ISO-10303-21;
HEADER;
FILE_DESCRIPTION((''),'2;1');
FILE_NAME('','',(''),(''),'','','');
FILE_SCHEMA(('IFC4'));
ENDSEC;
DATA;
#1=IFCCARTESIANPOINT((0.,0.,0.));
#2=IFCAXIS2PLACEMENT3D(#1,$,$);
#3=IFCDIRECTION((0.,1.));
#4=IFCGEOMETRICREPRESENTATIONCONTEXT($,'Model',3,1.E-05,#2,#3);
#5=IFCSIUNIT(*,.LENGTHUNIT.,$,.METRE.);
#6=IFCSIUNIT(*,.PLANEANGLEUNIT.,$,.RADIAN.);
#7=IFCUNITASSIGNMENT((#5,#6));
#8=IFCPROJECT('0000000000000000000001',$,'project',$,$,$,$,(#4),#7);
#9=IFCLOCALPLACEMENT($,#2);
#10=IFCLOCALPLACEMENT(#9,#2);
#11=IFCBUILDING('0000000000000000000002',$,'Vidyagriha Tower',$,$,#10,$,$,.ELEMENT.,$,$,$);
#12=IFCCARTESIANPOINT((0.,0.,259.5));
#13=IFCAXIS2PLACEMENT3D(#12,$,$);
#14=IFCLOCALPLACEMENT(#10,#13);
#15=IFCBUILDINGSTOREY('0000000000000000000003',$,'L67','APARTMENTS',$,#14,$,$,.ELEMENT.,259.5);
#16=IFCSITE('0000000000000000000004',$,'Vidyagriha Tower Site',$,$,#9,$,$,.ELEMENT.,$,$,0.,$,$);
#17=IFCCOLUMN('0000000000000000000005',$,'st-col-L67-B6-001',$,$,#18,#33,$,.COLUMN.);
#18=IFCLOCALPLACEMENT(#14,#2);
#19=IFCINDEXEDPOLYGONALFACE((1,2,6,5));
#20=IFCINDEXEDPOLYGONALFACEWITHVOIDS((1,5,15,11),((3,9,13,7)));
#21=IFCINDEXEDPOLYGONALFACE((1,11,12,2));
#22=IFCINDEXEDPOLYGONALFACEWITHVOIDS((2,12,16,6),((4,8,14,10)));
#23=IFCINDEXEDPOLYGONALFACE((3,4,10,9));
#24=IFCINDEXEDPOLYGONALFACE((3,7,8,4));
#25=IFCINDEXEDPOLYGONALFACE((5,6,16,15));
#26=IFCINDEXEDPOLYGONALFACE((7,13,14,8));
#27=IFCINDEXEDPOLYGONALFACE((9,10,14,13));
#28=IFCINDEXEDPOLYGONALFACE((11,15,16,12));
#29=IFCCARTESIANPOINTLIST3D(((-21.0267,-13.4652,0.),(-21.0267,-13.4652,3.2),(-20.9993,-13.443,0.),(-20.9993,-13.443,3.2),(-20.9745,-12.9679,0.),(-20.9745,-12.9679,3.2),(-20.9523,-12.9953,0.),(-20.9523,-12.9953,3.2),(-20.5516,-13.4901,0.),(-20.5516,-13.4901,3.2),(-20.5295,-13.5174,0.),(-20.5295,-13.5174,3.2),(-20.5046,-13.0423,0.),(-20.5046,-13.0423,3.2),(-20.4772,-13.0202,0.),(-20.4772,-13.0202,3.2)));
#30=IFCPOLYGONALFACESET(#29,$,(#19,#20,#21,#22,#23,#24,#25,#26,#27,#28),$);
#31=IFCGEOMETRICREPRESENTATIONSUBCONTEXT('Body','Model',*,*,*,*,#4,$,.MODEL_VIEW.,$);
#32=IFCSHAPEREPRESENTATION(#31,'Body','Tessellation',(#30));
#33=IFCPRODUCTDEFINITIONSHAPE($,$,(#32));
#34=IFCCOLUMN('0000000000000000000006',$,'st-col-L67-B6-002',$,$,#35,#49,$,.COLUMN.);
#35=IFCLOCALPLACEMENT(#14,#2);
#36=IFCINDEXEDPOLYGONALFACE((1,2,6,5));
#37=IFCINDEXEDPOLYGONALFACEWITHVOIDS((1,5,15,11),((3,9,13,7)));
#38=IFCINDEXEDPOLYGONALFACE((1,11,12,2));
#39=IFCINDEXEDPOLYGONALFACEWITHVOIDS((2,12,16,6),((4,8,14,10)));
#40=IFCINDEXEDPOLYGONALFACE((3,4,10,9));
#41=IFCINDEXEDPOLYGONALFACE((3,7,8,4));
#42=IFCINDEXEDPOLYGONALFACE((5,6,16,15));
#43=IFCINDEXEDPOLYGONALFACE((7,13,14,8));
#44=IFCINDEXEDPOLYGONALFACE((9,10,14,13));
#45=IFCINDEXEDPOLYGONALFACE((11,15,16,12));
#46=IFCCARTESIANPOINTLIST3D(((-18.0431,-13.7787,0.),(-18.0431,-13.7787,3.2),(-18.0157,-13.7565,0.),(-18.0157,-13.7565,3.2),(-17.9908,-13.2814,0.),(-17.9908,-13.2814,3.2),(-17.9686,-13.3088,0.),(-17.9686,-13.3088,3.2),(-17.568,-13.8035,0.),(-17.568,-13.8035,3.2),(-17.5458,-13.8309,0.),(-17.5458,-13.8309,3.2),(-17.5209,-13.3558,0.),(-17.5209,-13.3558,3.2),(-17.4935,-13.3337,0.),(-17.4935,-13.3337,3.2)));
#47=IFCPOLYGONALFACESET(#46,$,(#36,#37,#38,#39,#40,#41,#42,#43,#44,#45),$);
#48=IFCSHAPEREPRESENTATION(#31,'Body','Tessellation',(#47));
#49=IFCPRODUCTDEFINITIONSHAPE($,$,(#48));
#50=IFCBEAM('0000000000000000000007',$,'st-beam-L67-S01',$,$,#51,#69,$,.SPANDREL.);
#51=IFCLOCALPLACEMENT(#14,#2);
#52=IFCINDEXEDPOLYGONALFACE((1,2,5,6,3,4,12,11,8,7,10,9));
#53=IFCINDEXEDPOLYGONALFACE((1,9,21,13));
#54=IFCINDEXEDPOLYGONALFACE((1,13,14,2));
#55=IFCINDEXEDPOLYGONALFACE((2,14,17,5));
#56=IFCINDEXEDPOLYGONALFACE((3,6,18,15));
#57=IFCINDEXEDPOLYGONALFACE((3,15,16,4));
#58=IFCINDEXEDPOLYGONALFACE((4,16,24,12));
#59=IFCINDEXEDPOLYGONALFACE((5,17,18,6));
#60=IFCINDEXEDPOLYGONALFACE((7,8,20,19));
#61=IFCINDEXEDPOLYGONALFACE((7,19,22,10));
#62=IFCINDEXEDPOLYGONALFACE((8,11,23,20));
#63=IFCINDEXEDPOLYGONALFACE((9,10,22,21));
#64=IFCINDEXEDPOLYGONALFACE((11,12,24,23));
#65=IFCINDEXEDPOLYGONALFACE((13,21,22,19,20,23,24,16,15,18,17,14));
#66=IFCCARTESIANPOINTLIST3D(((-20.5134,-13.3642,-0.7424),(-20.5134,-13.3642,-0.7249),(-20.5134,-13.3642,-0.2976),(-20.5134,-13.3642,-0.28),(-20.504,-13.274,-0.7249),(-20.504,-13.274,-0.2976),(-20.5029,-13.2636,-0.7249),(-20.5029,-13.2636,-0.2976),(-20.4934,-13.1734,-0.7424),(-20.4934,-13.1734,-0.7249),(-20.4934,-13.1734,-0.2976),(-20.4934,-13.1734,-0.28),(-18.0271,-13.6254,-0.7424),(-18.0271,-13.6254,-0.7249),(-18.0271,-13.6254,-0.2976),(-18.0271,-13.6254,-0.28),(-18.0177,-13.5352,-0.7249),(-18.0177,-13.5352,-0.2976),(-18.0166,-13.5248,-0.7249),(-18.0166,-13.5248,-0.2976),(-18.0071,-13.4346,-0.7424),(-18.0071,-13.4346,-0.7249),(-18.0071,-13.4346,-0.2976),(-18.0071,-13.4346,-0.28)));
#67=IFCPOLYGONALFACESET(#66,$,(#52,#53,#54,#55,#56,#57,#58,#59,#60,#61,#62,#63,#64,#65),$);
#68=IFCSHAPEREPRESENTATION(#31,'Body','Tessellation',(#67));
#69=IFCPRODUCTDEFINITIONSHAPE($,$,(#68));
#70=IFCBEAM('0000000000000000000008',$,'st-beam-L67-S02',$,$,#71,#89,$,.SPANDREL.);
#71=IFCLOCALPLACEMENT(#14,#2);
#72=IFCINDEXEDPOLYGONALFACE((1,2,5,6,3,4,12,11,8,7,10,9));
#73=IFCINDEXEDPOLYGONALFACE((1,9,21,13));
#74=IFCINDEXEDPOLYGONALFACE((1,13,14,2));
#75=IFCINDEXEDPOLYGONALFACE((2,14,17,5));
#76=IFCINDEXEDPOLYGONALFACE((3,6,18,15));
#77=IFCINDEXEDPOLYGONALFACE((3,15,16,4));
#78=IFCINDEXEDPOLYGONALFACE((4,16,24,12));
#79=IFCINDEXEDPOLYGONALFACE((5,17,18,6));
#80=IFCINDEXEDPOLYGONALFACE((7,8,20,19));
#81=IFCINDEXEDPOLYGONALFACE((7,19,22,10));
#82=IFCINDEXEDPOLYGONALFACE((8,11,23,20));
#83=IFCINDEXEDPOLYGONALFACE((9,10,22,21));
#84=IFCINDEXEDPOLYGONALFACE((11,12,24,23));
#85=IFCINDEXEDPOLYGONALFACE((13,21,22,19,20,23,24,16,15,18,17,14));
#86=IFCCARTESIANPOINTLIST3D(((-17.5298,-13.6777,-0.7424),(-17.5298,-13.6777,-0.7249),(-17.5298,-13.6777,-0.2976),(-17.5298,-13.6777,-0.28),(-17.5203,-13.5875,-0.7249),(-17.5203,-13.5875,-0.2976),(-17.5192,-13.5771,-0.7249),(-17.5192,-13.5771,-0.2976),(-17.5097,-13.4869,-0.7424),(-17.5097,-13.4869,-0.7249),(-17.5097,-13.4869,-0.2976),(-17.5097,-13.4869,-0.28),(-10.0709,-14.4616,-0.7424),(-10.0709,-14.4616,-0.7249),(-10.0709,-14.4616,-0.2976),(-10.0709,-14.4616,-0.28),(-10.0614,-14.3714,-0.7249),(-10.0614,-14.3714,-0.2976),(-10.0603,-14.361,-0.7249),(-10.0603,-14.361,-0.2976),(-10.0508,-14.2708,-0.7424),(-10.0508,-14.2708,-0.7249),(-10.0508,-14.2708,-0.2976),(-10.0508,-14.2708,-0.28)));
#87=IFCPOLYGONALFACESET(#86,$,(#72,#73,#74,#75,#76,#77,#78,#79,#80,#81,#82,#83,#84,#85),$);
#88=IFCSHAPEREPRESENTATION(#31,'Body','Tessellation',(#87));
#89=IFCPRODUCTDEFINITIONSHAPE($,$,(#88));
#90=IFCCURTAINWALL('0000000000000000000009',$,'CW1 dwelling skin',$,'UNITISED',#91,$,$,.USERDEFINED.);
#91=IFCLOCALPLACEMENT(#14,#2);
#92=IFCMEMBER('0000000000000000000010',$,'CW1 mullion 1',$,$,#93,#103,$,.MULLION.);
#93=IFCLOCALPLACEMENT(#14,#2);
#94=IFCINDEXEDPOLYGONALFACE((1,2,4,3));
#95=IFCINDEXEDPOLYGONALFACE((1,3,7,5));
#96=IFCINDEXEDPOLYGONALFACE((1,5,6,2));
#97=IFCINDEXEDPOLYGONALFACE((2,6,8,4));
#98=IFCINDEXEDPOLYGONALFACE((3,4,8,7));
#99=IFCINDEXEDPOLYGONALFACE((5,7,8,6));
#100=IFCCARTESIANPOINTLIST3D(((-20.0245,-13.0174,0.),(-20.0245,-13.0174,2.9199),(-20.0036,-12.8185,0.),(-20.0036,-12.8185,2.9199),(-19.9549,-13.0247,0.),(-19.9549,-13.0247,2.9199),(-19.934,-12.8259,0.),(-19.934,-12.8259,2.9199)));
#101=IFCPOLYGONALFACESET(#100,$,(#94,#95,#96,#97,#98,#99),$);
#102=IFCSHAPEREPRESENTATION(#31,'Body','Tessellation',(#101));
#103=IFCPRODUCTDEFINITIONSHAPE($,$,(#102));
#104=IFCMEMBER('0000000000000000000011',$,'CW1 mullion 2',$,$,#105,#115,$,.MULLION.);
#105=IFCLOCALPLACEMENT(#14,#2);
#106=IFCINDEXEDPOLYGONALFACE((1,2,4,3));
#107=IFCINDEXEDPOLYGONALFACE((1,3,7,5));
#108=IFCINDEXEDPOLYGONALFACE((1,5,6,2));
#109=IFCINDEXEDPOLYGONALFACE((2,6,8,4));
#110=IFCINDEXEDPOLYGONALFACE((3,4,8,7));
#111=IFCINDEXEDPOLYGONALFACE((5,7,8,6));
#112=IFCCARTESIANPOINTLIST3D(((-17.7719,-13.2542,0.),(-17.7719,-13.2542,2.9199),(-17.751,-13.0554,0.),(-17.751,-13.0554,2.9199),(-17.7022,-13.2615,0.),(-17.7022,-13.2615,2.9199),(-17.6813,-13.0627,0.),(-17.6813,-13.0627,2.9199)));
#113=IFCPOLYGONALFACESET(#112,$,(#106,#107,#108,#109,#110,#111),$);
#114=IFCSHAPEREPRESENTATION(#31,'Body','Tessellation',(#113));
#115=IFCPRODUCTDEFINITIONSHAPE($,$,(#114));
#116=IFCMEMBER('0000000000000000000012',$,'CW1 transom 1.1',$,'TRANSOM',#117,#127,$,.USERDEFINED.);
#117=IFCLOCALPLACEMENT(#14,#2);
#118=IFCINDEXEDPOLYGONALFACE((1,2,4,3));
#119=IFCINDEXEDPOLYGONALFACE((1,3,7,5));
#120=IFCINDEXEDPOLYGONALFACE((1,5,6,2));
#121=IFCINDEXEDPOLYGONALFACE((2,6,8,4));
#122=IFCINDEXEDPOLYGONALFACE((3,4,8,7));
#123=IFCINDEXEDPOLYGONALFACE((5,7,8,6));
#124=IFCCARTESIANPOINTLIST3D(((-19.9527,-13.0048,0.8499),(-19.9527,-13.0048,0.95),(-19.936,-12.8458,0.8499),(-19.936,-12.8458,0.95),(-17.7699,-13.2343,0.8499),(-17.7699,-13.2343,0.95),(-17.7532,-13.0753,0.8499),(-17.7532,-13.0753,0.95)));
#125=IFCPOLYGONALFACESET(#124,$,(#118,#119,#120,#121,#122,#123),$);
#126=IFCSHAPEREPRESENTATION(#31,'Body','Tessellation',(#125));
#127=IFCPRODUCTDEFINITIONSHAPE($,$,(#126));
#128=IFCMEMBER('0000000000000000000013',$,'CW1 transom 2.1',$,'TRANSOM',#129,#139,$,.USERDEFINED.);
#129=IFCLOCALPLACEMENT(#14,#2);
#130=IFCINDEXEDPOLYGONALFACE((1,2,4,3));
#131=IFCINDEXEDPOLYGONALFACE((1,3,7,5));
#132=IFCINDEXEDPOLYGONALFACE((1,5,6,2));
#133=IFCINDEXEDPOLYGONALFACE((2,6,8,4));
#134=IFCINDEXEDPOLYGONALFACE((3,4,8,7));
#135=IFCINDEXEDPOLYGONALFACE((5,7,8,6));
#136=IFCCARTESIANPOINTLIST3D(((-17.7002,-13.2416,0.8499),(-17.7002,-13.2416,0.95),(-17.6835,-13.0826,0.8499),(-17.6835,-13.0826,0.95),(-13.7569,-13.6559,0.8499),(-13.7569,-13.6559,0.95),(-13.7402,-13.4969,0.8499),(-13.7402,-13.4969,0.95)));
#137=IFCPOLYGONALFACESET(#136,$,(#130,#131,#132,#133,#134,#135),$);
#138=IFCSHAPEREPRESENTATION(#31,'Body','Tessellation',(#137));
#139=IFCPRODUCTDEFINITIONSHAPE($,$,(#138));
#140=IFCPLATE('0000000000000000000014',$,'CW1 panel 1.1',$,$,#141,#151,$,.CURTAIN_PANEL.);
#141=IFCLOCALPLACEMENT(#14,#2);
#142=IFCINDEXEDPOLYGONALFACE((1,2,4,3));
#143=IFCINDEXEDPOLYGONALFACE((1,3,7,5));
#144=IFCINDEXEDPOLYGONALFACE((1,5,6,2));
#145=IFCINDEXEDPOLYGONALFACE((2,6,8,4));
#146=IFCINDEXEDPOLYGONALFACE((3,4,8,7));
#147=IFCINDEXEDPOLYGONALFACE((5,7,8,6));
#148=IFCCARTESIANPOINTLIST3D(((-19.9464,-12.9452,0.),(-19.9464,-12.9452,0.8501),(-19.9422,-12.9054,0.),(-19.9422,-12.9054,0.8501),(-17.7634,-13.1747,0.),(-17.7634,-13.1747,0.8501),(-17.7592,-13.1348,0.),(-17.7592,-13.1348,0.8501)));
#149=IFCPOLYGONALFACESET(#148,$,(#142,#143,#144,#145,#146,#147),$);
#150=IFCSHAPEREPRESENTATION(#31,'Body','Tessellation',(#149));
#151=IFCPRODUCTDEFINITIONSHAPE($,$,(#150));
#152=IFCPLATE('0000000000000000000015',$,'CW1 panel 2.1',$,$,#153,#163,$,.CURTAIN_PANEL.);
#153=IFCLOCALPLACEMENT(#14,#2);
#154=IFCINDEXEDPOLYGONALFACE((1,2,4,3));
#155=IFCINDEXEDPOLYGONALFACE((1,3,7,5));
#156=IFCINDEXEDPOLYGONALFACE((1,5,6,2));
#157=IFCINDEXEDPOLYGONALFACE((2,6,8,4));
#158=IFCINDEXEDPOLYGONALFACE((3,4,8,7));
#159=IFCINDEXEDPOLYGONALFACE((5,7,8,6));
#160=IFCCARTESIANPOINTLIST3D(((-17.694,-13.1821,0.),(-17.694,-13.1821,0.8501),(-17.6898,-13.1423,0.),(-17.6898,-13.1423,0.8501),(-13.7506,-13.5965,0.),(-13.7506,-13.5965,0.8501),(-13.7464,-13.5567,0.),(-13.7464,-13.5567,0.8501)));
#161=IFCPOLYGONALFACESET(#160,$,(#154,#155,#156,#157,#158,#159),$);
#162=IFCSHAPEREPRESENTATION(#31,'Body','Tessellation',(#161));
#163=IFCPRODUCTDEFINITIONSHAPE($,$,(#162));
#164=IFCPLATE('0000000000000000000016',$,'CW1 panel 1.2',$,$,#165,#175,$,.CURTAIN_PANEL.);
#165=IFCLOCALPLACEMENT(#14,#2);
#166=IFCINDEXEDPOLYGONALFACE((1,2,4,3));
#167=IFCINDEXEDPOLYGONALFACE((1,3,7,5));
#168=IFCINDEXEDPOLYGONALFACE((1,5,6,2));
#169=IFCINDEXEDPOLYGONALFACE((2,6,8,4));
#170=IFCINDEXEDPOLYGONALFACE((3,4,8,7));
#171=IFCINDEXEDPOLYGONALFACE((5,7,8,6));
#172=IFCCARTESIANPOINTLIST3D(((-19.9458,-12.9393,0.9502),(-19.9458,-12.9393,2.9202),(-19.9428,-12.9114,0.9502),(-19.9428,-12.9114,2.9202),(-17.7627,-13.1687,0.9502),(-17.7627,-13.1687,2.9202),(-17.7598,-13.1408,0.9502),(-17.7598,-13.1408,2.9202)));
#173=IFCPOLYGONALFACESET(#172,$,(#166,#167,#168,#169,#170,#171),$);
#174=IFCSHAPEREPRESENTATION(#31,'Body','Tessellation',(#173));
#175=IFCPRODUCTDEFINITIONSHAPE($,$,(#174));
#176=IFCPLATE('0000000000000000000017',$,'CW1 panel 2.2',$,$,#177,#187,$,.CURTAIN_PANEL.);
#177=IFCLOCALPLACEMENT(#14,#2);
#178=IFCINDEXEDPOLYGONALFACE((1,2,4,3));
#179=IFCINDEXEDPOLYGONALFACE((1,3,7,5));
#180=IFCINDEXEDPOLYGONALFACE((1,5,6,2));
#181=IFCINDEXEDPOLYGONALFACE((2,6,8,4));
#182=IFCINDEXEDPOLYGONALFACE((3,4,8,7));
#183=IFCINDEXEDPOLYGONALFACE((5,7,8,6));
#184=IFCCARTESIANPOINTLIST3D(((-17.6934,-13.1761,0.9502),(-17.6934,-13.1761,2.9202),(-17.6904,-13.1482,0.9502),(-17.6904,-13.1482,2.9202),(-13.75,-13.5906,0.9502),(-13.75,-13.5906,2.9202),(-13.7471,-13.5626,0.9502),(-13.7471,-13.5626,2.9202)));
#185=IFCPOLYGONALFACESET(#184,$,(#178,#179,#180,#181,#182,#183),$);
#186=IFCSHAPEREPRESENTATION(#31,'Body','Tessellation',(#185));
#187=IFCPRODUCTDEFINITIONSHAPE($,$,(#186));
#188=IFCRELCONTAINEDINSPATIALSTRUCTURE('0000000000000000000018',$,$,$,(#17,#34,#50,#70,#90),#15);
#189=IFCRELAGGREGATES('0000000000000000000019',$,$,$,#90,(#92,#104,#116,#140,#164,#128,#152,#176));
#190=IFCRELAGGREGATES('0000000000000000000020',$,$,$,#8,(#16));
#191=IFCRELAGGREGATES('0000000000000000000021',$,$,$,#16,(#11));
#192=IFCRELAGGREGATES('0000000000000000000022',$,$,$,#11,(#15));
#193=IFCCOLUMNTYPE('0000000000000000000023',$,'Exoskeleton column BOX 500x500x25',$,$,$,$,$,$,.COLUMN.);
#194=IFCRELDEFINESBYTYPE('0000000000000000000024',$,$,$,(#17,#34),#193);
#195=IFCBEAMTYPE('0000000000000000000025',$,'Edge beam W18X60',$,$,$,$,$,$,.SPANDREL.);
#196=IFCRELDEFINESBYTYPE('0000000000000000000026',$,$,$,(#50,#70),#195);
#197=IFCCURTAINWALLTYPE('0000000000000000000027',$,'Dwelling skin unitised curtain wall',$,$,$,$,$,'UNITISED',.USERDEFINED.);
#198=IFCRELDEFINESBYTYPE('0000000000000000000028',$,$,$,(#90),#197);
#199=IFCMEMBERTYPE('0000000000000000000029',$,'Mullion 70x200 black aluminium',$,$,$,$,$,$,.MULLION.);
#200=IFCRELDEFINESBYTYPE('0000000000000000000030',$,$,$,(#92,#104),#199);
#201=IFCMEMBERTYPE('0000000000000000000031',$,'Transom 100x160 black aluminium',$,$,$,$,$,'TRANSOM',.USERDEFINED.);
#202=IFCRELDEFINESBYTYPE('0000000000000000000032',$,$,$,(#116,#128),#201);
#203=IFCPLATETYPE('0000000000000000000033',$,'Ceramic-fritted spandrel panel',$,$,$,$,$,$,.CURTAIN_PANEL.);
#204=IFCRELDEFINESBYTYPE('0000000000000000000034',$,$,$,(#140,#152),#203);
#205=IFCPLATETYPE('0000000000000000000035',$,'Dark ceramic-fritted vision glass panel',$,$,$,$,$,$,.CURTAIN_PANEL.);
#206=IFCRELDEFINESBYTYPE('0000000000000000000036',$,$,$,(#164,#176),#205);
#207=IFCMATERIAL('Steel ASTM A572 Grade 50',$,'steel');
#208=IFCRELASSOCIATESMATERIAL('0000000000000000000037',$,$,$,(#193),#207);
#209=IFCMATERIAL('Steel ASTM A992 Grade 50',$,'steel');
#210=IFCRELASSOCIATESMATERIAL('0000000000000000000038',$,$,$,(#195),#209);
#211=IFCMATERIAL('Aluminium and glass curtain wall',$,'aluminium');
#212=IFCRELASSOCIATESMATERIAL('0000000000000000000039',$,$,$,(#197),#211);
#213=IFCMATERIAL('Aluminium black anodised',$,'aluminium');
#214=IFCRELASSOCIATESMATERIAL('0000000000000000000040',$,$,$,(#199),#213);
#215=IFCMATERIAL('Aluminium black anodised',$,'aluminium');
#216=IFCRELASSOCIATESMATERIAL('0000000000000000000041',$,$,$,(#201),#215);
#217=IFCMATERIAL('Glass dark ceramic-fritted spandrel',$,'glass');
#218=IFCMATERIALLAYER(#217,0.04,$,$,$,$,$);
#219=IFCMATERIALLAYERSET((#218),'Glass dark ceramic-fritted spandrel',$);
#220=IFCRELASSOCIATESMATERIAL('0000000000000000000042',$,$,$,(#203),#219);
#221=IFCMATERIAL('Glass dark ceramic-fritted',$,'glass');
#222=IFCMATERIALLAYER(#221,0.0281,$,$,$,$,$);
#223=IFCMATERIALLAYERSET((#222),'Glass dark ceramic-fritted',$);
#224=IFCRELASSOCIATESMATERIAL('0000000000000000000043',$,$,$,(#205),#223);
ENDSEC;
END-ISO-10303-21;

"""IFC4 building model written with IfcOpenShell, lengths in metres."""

from ifc_helpers import new_model, si_unit, direction, frame, origin, origin_2d, place, context, subcontext, project, spatial, rectangle, hollow_rectangle, i_section, extrude, material, layer, layer_set, material_profile, profile_set, type_object, element, aggregate, save


model = new_model("IFC4")

# Units and contexts
model_context = context("Model", 3, precision=1e-05, world=origin(), true_north=direction((0.0, 1.0)))
body_context = subcontext(model_context, "Body", "Model", "MODEL_VIEW")
ifc_project = project(units=[si_unit("LENGTHUNIT", "METRE"), si_unit("PLANEANGLEUNIT", "RADIAN")], contexts=[model_context])

# Site, building, storey
site_placement = place(None, origin())
site = spatial("IfcSite", under=ifc_project, at=site_placement, Name="Vidyagriha Tower Site", CompositionType="ELEMENT", RefElevation=0.0)
building_placement = place(site_placement, origin())
building = spatial("IfcBuilding", under=site, at=building_placement, Name="Vidyagriha Tower", CompositionType="ELEMENT")
storey_placement = place(building_placement, frame((0.0, 0.0, 259.5)))
storey = spatial("IfcBuildingStorey", under=building, at=storey_placement, Name="L67", Description="APARTMENTS", CompositionType="ELEMENT", Elevation=259.5)

# Columns
ifc_material_1 = material(Name="Steel ASTM A572 Grade 50", Category="steel")
ifc_material_profile_1 = material_profile(ifc_material_1, hollow_rectangle(XDim=0.5, YDim=0.5, WallThickness=0.0249, at=origin_2d()), Name="BOX 500x500x25")
ifc_profile_set_1 = profile_set([ifc_material_profile_1], Name="Steel ASTM A572 Grade 50")
column_type = type_object("IfcColumnType", Name="Exoskeleton column BOX 500x500x25", PredefinedType="COLUMN", material=ifc_profile_set_1)
for number, where, z_axis, x_axis, name in (
    (1, (-20.752, -13.2427, 0.0), (0.0, 0.0, 1.0), (0.994522, -0.104528, 0.0), "st-col-L67-B6-001"),
    (2, (-17.7683, -13.5562, 0.0), (0.0, 0.0, 1.0), (0.994522, -0.104528, 0.0), "st-col-L67-B6-002"),
):
    element("IfcColumn", number, at=place(storey_placement, frame(where, z_axis=z_axis, x_axis=x_axis)), inside=storey, type_object=column_type, Name=name, PredefinedType="COLUMN", context=body_context, shape_type="SweptSolid", body=[
        extrude(hollow_rectangle(XDim=0.5, YDim=0.5, WallThickness=0.0249, at=origin_2d()), origin(), (0.0, 0.0, 1.0), 3.2),
    ])

# Beams
ifc_material_2 = material(Name="Steel ASTM A992 Grade 50", Category="steel")
ifc_material_profile_2 = material_profile(ifc_material_2, i_section(OverallWidth=0.1919, OverallDepth=0.4624, WebThickness=0.0105, FlangeThickness=0.0176, at=origin_2d()), Name="W18X60")
ifc_profile_set_2 = profile_set([ifc_material_profile_2], Name="Steel ASTM A992 Grade 50")
beam_type = type_object("IfcBeamType", Name="Edge beam W18X60", PredefinedType="SPANDREL", material=ifc_profile_set_2)
beam_1_placement = place(storey_placement, frame((-20.5034, -13.2688, -0.5112), z_axis=(0.994526, -0.104492, 0.0), x_axis=(0.104492, 0.994526, 0.0)))
element("IfcBeam", 3, at=beam_1_placement, inside=storey, type_object=beam_type, Name="st-beam-L67-S01", PredefinedType="SPANDREL", context=body_context, shape_type="SweptSolid", body=[
    extrude(i_section(OverallWidth=0.1919, OverallDepth=0.4624, WebThickness=0.0105, FlangeThickness=0.0176, at=origin_2d()), origin(), (0.0, 0.0, 1.0), 2.5),
])
beam_2_placement = place(storey_placement, frame((-17.5198, -13.5823, -0.5112), z_axis=(0.994522, -0.104524, 0.0), x_axis=(0.104524, 0.994522, 0.0)))
element("IfcBeam", 4, at=beam_2_placement, inside=storey, type_object=beam_type, Name="st-beam-L67-S02", PredefinedType="SPANDREL", context=body_context, shape_type="SweptSolid", body=[
    extrude(i_section(OverallWidth=0.1919, OverallDepth=0.4624, WebThickness=0.0105, FlangeThickness=0.0176, at=origin_2d()), origin(), (0.0, 0.0, 1.0), 7.5),
])

# Curtain wall, members, plates
ifc_material_3 = material(Name="Aluminium and glass curtain wall", Category="aluminium")
curtain_wall_type = type_object("IfcCurtainWallType", Name="Dwelling skin unitised curtain wall", ElementType="UNITISED", PredefinedType="USERDEFINED", material=ifc_material_3)
curtain_wall_placement = place(storey_placement, origin())
curtain_wall = element("IfcCurtainWall", 5, at=curtain_wall_placement, inside=storey, type_object=curtain_wall_type, Name="CW1 dwelling skin", ObjectType="UNITISED", PredefinedType="USERDEFINED")
ifc_material_4 = material(Name="Aluminium black anodised", Category="aluminium")
ifc_material_profile_3 = material_profile(ifc_material_4, rectangle(XDim=0.2, YDim=0.0701, at=origin_2d()), Name="Mullion 70x200 black aluminium")
ifc_profile_set_3 = profile_set([ifc_material_profile_3], Name="Aluminium black anodised")
member_type_1 = type_object("IfcMemberType", Name="Mullion 70x200 black aluminium", PredefinedType="MULLION", material=ifc_profile_set_3)
member_1_placement = place(storey_placement, frame((-19.9792, -12.9216, 0.0), z_axis=(0.0, 0.0, 1.0), x_axis=(0.104524, 0.994522, 0.0)))
member_1 = element("IfcMember", 6, at=member_1_placement, type_object=member_type_1, Name="CW1 mullion 1", PredefinedType="MULLION", context=body_context, shape_type="SweptSolid", body=[
    extrude(rectangle(XDim=0.2, YDim=0.0701, at=origin_2d()), origin(), (0.0, 0.0, 1.0), 2.9199),
])
member_2_placement = place(storey_placement, frame((-17.7266, -13.1584, 0.0), z_axis=(0.0, 0.0, 1.0), x_axis=(0.104524, 0.994522, 0.0)))
member_2 = element("IfcMember", 7, at=member_2_placement, type_object=member_type_1, Name="CW1 mullion 2", PredefinedType="MULLION", context=body_context, shape_type="SweptSolid", body=[
    extrude(rectangle(XDim=0.2, YDim=0.0701, at=origin_2d()), origin(), (0.0, 0.0, 1.0), 2.9199),
])
ifc_material_5 = material(Name="Aluminium black anodised", Category="aluminium")
ifc_material_profile_4 = material_profile(ifc_material_5, rectangle(XDim=0.1599, YDim=0.1001, at=origin_2d()), Name="Transom 100x160 black aluminium")
ifc_profile_set_4 = profile_set([ifc_material_profile_4], Name="Aluminium black anodised")
member_type_2 = type_object("IfcMemberType", Name="Transom 100x160 black aluminium", ElementType="TRANSOM", PredefinedType="USERDEFINED", material=ifc_profile_set_4)
member_3_placement = place(storey_placement, frame((-19.9443, -12.9253, 0.8999), z_axis=(0.994519, -0.104557, 0.0), x_axis=(0.104557, 0.994519, 0.0)))
member_3 = element("IfcMember", 8, at=member_3_placement, type_object=member_type_2, Name="CW1 transom 1.1", ObjectType="TRANSOM", PredefinedType="USERDEFINED", context=body_context, shape_type="SweptSolid", body=[
    extrude(rectangle(XDim=0.1599, YDim=0.1001, at=origin_2d()), origin(), (0.0, 0.0, 1.0), 2.1948),
])
member_4_placement = place(storey_placement, frame((-17.6919, -13.1621, 0.8999), z_axis=(0.994526, -0.104489, 0.0), x_axis=(0.104489, 0.994526, 0.0)))
member_4 = element("IfcMember", 9, at=member_4_placement, type_object=member_type_2, Name="CW1 transom 2.1", ObjectType="TRANSOM", PredefinedType="USERDEFINED", context=body_context, shape_type="SweptSolid", body=[
    extrude(rectangle(XDim=0.1599, YDim=0.1001, at=origin_2d()), origin(), (0.0, 0.0, 1.0), 3.9651),
])
ifc_material_6 = material(Name="Glass dark ceramic-fritted spandrel", Category="glass")
ifc_layer_1 = layer(ifc_material_6, 0.04)
ifc_layer_set_1 = layer_set([ifc_layer_1], Name="Glass dark ceramic-fritted spandrel")
plate_type_1 = type_object("IfcPlateType", Name="Ceramic-fritted spandrel panel", PredefinedType="CURTAIN_PANEL", material=ifc_layer_set_1)
plate_1_placement = place(storey_placement, frame((-18.8528, -13.04, 0.0), z_axis=(0.0, 0.0, 1.0), x_axis=(0.994522, -0.104524, 0.0)))
plate_1 = element("IfcPlate", 10, at=plate_1_placement, type_object=plate_type_1, Name="CW1 panel 1.1", PredefinedType="CURTAIN_PANEL", context=body_context, shape_type="SweptSolid", body=[
    extrude(rectangle(XDim=2.1951, YDim=0.04, at=origin_2d()), origin(), (0.0, 0.0, 1.0), 0.8501),
])
plate_2_placement = place(storey_placement, frame((-15.7202, -13.3694, 0.0), z_axis=(0.0, 0.0, 1.0), x_axis=(0.994522, -0.104524, 0.0)))
plate_2 = element("IfcPlate", 11, at=plate_2_placement, type_object=plate_type_1, Name="CW1 panel 2.1", PredefinedType="CURTAIN_PANEL", context=body_context, shape_type="SweptSolid", body=[
    extrude(rectangle(XDim=3.9651, YDim=0.04, at=origin_2d()), origin(), (0.0, 0.0, 1.0), 0.8501),
])
ifc_material_7 = material(Name="Glass dark ceramic-fritted", Category="glass")
ifc_layer_2 = layer(ifc_material_7, 0.0281)
ifc_layer_set_2 = layer_set([ifc_layer_2], Name="Glass dark ceramic-fritted")
plate_type_2 = type_object("IfcPlateType", Name="Dark ceramic-fritted vision glass panel", PredefinedType="CURTAIN_PANEL", material=ifc_layer_set_2)
plate_3_placement = place(storey_placement, frame((-18.8528, -13.04, 0.9502), z_axis=(0.0, 0.0, 1.0), x_axis=(0.994522, -0.104524, 0.0)))
plate_3 = element("IfcPlate", 12, at=plate_3_placement, type_object=plate_type_2, Name="CW1 panel 1.2", PredefinedType="CURTAIN_PANEL", context=body_context, shape_type="SweptSolid", body=[
    extrude(rectangle(XDim=2.1951, YDim=0.0281, at=origin_2d()), origin(), (0.0, 0.0, 1.0), 1.97),
])
plate_4_placement = place(storey_placement, frame((-15.7202, -13.3694, 0.9502), z_axis=(0.0, 0.0, 1.0), x_axis=(0.994522, -0.104524, 0.0)))
plate_4 = element("IfcPlate", 13, at=plate_4_placement, type_object=plate_type_2, Name="CW1 panel 2.2", PredefinedType="CURTAIN_PANEL", context=body_context, shape_type="SweptSolid", body=[
    extrude(rectangle(XDim=3.9651, YDim=0.0281, at=origin_2d()), origin(), (0.0, 0.0, 1.0), 1.97),
])
aggregate(curtain_wall, [member_1, member_2, member_3, plate_1, plate_3, member_4, plate_2, plate_4])

save(model, "model.ifc")
